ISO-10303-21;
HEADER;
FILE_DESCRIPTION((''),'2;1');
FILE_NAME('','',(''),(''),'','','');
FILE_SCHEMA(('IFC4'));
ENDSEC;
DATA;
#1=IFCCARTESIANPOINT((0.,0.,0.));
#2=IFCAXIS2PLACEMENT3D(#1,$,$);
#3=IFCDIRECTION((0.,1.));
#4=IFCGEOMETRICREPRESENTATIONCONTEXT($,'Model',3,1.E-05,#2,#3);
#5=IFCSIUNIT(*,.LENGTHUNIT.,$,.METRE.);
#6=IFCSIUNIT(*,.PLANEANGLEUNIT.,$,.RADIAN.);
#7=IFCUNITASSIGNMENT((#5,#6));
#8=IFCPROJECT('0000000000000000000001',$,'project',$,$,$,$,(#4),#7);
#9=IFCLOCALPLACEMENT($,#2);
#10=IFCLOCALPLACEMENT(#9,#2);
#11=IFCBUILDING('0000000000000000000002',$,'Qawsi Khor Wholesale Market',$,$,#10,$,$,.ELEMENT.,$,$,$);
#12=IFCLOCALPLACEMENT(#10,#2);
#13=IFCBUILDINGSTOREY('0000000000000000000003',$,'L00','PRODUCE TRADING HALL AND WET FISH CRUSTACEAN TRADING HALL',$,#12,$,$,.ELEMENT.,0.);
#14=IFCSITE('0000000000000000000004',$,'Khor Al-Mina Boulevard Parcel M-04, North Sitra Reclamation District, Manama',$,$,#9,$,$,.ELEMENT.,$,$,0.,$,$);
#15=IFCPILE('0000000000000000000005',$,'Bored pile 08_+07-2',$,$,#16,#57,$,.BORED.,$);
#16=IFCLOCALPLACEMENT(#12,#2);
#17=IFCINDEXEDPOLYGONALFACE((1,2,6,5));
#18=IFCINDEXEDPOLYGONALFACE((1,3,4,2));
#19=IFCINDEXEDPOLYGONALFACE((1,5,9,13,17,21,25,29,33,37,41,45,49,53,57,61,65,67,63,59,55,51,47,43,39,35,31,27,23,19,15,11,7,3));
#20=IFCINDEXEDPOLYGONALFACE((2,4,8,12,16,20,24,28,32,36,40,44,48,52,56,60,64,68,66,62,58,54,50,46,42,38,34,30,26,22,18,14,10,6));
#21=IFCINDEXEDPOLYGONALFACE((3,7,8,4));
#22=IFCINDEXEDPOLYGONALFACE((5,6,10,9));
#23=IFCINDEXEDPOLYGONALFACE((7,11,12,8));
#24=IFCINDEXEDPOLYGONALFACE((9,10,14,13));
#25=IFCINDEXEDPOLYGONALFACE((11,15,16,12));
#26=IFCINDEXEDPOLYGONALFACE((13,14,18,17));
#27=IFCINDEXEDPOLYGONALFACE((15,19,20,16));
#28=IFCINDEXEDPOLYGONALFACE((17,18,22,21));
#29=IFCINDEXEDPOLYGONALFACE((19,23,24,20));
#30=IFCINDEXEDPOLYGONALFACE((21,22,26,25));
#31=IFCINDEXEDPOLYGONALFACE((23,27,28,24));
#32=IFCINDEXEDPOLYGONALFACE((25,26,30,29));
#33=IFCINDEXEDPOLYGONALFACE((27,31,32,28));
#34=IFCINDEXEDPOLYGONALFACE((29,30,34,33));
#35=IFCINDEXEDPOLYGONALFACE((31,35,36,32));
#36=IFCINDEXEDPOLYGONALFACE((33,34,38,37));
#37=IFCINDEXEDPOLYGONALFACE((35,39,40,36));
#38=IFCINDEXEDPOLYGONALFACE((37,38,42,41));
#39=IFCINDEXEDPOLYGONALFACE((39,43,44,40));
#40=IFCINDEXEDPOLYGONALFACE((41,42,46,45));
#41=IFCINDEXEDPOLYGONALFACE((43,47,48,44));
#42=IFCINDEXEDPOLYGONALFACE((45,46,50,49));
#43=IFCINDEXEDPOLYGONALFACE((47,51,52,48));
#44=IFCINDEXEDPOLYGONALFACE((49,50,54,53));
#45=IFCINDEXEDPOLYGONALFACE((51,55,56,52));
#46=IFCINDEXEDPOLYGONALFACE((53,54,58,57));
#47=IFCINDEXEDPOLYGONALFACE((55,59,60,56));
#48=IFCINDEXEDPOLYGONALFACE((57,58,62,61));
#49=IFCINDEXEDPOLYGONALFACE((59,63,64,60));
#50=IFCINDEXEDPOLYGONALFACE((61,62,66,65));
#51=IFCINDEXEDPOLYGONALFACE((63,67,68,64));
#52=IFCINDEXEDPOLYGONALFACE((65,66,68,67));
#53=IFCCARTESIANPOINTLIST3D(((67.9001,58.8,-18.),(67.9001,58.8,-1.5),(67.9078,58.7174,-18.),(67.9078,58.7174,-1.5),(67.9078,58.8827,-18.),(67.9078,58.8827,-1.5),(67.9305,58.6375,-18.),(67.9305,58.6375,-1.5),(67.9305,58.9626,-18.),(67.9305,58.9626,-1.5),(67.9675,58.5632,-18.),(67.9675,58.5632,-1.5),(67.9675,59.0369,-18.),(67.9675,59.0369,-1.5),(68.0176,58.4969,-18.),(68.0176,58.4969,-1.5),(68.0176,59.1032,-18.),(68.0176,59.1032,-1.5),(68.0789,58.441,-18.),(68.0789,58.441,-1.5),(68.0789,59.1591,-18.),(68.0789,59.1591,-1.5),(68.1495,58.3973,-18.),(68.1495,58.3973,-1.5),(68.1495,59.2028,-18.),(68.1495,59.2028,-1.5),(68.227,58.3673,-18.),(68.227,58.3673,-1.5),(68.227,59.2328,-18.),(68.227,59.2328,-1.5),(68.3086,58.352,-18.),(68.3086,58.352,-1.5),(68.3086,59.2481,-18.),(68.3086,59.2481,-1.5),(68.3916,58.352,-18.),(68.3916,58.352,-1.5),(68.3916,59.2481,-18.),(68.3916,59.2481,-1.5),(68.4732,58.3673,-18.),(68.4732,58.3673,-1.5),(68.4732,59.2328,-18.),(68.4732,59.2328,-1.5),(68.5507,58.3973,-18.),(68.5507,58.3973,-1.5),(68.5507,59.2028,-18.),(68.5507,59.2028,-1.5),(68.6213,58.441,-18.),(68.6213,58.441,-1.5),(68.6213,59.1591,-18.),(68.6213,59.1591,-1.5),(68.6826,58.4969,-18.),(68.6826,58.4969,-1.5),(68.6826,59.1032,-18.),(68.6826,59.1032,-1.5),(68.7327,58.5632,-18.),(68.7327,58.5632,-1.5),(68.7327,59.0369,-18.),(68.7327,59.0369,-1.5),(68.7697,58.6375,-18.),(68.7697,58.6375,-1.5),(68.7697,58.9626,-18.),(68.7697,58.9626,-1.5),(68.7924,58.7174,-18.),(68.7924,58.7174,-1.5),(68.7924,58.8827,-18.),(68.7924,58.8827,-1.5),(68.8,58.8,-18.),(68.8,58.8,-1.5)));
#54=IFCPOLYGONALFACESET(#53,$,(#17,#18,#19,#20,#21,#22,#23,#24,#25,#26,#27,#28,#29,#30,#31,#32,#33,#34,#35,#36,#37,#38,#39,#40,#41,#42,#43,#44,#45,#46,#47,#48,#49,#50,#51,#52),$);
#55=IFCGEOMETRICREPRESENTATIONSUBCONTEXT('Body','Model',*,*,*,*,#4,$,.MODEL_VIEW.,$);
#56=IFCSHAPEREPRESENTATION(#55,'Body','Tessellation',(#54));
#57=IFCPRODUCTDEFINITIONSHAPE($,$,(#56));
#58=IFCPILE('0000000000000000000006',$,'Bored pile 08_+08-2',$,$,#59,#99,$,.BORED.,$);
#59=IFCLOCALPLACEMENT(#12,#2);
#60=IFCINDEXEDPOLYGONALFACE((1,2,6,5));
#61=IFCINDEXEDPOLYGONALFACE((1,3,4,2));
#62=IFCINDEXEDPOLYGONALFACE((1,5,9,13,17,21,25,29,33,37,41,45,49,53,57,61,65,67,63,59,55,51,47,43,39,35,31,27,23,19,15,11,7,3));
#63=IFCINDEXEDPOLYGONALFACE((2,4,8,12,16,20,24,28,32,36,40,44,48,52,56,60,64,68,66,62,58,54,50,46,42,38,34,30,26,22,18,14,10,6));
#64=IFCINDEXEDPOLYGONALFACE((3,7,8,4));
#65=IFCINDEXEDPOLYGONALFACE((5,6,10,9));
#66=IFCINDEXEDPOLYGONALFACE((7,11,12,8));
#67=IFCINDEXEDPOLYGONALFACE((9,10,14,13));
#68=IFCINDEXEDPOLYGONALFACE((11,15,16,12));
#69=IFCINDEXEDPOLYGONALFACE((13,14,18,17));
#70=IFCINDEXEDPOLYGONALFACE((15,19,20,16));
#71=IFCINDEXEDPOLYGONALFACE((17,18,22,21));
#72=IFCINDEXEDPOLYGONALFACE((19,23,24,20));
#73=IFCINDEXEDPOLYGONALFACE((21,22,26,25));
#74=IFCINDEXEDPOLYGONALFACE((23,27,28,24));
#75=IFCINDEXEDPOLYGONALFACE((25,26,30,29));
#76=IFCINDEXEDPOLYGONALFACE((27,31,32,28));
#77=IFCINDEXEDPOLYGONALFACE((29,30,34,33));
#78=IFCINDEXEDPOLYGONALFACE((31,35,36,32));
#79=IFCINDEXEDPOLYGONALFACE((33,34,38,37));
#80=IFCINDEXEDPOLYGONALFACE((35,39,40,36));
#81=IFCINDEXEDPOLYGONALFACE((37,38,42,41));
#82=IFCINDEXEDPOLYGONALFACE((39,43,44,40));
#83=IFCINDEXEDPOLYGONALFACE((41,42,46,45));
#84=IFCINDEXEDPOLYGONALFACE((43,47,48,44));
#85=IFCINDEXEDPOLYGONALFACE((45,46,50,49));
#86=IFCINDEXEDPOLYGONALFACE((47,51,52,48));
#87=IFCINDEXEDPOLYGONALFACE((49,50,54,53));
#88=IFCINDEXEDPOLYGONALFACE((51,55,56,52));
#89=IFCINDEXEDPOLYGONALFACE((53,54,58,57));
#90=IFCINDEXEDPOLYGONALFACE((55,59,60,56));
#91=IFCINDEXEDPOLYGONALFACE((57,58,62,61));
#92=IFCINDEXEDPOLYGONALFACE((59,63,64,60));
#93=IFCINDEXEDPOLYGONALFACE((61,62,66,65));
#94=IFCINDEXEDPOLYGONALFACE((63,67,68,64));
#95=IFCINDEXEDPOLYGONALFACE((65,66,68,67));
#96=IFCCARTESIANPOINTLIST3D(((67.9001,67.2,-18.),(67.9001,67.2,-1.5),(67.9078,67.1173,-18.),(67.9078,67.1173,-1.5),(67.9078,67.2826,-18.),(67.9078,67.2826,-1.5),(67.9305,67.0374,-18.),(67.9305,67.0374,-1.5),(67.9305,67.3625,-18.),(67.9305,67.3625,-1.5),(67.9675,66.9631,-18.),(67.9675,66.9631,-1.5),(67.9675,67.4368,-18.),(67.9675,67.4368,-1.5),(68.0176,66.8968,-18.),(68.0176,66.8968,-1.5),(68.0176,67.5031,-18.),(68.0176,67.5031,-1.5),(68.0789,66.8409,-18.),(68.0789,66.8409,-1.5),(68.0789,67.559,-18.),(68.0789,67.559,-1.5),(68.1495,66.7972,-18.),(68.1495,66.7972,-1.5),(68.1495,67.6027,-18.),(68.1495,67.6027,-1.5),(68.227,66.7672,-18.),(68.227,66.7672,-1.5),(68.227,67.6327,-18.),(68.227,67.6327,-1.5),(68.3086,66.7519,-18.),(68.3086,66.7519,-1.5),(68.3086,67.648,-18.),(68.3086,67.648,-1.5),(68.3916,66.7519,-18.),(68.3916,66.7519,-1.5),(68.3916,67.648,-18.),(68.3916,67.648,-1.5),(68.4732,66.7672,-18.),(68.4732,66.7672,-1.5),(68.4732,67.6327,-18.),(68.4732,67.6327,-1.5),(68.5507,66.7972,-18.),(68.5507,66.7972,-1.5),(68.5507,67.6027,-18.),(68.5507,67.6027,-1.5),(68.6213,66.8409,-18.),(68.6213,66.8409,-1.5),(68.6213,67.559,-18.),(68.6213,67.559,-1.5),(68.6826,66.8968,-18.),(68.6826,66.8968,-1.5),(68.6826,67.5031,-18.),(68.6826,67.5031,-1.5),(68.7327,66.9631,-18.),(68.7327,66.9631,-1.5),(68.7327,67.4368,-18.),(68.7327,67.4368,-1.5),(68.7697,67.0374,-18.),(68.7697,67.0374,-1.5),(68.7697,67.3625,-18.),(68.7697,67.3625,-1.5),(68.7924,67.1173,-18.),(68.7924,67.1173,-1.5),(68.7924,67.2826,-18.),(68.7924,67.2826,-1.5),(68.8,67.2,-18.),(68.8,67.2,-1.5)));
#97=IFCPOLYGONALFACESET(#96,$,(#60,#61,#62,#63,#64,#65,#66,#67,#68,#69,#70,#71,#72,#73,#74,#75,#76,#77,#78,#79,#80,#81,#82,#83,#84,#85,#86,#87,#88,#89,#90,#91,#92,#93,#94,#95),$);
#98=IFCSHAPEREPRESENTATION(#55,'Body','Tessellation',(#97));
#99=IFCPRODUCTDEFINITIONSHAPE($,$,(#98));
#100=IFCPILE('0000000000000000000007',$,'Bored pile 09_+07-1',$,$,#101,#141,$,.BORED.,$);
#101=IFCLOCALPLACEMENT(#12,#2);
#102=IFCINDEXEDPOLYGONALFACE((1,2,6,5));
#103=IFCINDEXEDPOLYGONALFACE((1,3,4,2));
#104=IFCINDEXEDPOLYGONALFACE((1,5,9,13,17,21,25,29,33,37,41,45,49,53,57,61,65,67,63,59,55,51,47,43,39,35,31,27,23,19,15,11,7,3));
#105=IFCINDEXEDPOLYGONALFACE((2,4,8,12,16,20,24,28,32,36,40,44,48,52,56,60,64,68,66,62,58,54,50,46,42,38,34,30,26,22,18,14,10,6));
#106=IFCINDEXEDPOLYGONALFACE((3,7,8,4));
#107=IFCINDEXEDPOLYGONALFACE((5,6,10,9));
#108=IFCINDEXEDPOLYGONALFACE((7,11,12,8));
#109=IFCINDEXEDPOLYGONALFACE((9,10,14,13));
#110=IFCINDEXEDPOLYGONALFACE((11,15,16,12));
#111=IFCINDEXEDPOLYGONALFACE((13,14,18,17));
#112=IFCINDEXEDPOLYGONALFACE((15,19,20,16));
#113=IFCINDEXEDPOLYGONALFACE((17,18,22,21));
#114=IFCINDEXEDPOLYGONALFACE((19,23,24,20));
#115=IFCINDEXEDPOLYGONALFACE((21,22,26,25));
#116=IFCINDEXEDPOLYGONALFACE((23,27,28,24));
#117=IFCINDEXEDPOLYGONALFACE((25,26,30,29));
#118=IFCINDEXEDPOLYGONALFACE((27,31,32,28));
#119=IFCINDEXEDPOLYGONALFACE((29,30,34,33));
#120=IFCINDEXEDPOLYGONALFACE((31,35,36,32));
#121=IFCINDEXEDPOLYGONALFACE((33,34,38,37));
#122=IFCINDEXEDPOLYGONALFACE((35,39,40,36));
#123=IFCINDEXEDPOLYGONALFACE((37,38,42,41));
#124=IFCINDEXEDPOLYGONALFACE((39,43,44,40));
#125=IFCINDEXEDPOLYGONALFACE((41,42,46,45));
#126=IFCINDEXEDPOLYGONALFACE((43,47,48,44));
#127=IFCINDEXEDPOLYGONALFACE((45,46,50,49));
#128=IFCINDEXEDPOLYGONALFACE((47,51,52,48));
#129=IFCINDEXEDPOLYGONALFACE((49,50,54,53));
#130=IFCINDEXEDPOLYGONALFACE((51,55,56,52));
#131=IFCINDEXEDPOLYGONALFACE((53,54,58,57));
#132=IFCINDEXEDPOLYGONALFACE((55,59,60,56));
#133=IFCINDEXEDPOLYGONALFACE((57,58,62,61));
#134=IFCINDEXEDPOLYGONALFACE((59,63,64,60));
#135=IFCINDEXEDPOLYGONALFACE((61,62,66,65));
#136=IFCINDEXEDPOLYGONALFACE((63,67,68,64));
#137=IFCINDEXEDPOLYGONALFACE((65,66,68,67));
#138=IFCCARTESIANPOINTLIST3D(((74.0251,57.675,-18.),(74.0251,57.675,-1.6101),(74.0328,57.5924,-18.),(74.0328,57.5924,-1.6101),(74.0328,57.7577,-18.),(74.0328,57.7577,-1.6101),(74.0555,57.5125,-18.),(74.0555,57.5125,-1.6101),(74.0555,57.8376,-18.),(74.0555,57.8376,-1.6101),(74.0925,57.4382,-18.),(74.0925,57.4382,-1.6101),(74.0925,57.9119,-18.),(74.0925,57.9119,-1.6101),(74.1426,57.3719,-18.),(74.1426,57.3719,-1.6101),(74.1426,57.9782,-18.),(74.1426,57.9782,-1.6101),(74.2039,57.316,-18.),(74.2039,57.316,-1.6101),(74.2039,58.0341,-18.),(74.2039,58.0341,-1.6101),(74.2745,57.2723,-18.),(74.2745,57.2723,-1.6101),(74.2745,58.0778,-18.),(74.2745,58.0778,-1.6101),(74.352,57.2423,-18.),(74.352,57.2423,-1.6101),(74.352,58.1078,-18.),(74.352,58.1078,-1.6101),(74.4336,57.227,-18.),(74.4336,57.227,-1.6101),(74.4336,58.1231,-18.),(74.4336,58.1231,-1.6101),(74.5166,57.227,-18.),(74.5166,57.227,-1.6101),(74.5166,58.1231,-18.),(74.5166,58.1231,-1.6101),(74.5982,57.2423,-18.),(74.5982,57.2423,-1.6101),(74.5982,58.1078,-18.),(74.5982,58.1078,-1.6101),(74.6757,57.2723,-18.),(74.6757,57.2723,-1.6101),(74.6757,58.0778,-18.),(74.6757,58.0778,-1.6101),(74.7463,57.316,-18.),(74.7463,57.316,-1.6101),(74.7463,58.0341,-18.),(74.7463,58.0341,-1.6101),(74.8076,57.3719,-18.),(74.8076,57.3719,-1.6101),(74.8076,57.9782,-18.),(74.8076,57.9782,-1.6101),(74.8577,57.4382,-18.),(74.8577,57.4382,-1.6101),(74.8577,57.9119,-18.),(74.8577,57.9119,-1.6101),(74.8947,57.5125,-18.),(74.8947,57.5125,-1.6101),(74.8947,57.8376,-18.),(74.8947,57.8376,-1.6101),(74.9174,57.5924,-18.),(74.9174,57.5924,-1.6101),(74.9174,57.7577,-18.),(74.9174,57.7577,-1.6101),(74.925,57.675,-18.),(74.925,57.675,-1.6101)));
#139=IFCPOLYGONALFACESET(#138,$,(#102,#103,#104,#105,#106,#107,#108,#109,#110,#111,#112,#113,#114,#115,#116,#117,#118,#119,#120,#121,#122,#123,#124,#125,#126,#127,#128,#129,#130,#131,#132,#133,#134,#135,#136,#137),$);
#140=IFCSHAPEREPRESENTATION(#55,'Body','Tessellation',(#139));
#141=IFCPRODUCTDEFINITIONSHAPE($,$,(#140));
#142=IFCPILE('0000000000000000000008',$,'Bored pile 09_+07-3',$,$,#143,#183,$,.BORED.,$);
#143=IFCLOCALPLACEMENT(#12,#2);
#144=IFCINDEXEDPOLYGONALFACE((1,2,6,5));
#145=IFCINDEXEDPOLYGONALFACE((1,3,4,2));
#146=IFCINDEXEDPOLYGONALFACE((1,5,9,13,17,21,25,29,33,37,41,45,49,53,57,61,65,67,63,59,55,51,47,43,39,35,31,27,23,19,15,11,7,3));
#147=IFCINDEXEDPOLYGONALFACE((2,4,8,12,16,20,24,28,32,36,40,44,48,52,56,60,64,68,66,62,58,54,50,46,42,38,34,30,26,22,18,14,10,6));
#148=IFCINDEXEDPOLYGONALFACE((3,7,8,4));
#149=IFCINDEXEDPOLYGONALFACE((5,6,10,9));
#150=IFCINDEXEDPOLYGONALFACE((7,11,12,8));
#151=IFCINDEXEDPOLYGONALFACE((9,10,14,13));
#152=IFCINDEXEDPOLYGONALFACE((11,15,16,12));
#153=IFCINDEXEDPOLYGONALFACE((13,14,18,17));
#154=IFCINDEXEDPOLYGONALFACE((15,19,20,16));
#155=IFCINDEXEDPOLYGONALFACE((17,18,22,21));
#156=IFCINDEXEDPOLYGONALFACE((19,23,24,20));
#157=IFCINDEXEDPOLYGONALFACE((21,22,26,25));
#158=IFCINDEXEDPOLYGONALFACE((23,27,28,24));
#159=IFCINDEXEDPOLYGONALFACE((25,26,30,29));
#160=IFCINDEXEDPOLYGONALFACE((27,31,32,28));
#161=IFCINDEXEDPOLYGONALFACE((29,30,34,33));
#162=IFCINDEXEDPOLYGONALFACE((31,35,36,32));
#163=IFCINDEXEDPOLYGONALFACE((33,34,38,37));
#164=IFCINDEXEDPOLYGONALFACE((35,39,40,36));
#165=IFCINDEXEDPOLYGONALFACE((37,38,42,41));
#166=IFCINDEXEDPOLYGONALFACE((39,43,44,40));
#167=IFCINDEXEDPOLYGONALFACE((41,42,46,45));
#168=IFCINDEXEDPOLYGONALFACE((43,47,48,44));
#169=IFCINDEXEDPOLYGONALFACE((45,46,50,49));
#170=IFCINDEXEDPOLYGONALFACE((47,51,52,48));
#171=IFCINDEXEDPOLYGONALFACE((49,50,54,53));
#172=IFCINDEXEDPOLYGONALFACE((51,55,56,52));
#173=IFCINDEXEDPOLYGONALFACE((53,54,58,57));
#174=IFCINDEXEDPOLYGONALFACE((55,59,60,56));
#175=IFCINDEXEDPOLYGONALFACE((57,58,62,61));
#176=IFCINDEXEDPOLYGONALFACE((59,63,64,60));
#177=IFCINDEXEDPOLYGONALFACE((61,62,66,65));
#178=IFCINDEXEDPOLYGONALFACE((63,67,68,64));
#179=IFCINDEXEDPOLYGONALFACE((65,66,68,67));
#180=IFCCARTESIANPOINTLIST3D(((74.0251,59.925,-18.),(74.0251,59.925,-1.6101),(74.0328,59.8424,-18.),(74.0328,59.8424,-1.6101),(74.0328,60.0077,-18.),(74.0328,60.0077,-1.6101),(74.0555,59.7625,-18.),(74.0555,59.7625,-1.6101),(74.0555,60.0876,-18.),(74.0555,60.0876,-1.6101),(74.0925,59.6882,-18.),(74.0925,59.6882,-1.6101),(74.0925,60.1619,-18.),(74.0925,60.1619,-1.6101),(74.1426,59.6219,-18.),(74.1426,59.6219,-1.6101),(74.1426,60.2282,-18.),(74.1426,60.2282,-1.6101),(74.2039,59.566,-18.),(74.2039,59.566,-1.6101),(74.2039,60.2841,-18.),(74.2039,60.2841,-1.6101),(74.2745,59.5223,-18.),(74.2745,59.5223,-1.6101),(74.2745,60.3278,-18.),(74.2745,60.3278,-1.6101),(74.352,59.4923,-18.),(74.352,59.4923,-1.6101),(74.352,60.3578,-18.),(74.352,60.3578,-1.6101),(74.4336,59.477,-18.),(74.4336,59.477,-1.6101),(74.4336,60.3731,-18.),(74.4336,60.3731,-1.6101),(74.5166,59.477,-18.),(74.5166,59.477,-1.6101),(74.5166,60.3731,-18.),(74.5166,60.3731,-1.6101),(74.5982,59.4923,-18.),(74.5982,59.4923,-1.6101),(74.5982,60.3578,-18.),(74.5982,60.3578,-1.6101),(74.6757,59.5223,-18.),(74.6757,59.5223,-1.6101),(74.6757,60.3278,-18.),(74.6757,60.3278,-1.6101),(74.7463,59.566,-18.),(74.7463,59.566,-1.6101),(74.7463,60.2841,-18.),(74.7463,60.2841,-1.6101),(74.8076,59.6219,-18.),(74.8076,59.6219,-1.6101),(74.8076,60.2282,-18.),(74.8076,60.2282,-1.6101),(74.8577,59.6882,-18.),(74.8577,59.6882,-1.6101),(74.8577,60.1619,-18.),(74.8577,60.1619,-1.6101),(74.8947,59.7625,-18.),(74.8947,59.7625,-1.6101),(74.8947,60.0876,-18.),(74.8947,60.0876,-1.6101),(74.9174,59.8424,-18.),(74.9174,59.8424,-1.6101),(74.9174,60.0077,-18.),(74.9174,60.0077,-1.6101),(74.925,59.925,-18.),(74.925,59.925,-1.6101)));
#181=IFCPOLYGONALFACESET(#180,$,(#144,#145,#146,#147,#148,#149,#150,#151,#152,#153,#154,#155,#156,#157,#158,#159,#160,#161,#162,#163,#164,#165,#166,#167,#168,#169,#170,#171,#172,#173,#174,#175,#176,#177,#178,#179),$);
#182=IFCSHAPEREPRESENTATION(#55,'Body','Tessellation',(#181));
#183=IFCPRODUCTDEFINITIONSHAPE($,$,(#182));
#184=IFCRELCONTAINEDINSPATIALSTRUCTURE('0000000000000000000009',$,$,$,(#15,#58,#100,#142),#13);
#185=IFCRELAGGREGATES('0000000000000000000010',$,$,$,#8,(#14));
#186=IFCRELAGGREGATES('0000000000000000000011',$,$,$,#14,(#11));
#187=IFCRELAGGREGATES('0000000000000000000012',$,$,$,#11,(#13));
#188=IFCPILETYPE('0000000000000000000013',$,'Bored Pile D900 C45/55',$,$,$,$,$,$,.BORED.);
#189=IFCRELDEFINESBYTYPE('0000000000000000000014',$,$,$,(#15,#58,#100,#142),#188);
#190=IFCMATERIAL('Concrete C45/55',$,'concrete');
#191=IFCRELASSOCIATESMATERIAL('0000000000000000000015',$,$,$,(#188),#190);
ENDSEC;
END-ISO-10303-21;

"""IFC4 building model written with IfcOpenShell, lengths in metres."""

from ifc_helpers import new_model, si_unit, direction, frame, origin, origin_2d, place, context, subcontext, project, spatial, circle, extrude, material, material_profile, profile_set, type_object, element, save


model = new_model("IFC4")

# Units and contexts
model_context = context("Model", 3, precision=1e-05, world=origin(), true_north=direction((0.0, 1.0)))
body_context = subcontext(model_context, "Body", "Model", "MODEL_VIEW")
ifc_project = project(units=[si_unit("LENGTHUNIT", "METRE"), si_unit("PLANEANGLEUNIT", "RADIAN")], contexts=[model_context])

# Site, building, storey
site_placement = place(None, origin())
site = spatial("IfcSite", under=ifc_project, at=site_placement, Name="Khor Al-Mina Boulevard Parcel M-04, North Sitra Reclamation District, Manama", CompositionType="ELEMENT", RefElevation=0.0)
building_placement = place(site_placement, origin())
building = spatial("IfcBuilding", under=site, at=building_placement, Name="Qawsi Khor Wholesale Market", CompositionType="ELEMENT")
storey_placement = place(building_placement, origin())
storey = spatial("IfcBuildingStorey", under=building, at=storey_placement, Name="L00", Description="PRODUCE TRADING HALL AND WET FISH CRUSTACEAN TRADING HALL", CompositionType="ELEMENT", Elevation=0.0)

# Piles
ifc_material_1 = material(Name="Concrete C45/55", Category="concrete")
ifc_material_profile_1 = material_profile(ifc_material_1, circle(Radius=0.45, at=origin_2d()), Name="PILE D900")
ifc_profile_set_1 = profile_set([ifc_material_profile_1], Name="Concrete C45/55")
pile_type = type_object("IfcPileType", Name="Bored Pile D900 C45/55", PredefinedType="BORED", material=ifc_profile_set_1)
for number, where, z_axis, x_axis, name in (
    (1, (68.3501, 58.8, -1.5), (0.0, 0.0, -1.0), (1.0, 0.0, 0.0), "Bored pile 08_+07-2"),
    (2, (68.3501, 67.2, -1.5), (0.0, 0.0, -1.0), (1.0, 0.0, 0.0), "Bored pile 08_+08-2"),
):
    element("IfcPile", number, at=place(storey_placement, frame(where, z_axis=z_axis, x_axis=x_axis)), inside=storey, type_object=pile_type, Name=name, PredefinedType="BORED", context=body_context, shape_type="SweptSolid", body=[
        extrude(circle(Radius=0.45, at=origin_2d()), origin(), (0.0, 0.0, 1.0), 16.5),
    ])
for number, where, z_axis, x_axis, name in (
    (3, (74.4751, 57.675, -1.6101), (0.0, 0.0, -1.0), (1.0, 0.0, 0.0), "Bored pile 09_+07-1"),
    (4, (74.4751, 59.925, -1.6101), (0.0, 0.0, -1.0), (1.0, 0.0, 0.0), "Bored pile 09_+07-3"),
):
    element("IfcPile", number, at=place(storey_placement, frame(where, z_axis=z_axis, x_axis=x_axis)), inside=storey, type_object=pile_type, Name=name, PredefinedType="BORED", context=body_context, shape_type="SweptSolid", body=[
        extrude(circle(Radius=0.45, at=origin_2d()), origin(), (0.0, 0.0, 1.0), 16.3899),
    ])

save(model, "model.ifc")
